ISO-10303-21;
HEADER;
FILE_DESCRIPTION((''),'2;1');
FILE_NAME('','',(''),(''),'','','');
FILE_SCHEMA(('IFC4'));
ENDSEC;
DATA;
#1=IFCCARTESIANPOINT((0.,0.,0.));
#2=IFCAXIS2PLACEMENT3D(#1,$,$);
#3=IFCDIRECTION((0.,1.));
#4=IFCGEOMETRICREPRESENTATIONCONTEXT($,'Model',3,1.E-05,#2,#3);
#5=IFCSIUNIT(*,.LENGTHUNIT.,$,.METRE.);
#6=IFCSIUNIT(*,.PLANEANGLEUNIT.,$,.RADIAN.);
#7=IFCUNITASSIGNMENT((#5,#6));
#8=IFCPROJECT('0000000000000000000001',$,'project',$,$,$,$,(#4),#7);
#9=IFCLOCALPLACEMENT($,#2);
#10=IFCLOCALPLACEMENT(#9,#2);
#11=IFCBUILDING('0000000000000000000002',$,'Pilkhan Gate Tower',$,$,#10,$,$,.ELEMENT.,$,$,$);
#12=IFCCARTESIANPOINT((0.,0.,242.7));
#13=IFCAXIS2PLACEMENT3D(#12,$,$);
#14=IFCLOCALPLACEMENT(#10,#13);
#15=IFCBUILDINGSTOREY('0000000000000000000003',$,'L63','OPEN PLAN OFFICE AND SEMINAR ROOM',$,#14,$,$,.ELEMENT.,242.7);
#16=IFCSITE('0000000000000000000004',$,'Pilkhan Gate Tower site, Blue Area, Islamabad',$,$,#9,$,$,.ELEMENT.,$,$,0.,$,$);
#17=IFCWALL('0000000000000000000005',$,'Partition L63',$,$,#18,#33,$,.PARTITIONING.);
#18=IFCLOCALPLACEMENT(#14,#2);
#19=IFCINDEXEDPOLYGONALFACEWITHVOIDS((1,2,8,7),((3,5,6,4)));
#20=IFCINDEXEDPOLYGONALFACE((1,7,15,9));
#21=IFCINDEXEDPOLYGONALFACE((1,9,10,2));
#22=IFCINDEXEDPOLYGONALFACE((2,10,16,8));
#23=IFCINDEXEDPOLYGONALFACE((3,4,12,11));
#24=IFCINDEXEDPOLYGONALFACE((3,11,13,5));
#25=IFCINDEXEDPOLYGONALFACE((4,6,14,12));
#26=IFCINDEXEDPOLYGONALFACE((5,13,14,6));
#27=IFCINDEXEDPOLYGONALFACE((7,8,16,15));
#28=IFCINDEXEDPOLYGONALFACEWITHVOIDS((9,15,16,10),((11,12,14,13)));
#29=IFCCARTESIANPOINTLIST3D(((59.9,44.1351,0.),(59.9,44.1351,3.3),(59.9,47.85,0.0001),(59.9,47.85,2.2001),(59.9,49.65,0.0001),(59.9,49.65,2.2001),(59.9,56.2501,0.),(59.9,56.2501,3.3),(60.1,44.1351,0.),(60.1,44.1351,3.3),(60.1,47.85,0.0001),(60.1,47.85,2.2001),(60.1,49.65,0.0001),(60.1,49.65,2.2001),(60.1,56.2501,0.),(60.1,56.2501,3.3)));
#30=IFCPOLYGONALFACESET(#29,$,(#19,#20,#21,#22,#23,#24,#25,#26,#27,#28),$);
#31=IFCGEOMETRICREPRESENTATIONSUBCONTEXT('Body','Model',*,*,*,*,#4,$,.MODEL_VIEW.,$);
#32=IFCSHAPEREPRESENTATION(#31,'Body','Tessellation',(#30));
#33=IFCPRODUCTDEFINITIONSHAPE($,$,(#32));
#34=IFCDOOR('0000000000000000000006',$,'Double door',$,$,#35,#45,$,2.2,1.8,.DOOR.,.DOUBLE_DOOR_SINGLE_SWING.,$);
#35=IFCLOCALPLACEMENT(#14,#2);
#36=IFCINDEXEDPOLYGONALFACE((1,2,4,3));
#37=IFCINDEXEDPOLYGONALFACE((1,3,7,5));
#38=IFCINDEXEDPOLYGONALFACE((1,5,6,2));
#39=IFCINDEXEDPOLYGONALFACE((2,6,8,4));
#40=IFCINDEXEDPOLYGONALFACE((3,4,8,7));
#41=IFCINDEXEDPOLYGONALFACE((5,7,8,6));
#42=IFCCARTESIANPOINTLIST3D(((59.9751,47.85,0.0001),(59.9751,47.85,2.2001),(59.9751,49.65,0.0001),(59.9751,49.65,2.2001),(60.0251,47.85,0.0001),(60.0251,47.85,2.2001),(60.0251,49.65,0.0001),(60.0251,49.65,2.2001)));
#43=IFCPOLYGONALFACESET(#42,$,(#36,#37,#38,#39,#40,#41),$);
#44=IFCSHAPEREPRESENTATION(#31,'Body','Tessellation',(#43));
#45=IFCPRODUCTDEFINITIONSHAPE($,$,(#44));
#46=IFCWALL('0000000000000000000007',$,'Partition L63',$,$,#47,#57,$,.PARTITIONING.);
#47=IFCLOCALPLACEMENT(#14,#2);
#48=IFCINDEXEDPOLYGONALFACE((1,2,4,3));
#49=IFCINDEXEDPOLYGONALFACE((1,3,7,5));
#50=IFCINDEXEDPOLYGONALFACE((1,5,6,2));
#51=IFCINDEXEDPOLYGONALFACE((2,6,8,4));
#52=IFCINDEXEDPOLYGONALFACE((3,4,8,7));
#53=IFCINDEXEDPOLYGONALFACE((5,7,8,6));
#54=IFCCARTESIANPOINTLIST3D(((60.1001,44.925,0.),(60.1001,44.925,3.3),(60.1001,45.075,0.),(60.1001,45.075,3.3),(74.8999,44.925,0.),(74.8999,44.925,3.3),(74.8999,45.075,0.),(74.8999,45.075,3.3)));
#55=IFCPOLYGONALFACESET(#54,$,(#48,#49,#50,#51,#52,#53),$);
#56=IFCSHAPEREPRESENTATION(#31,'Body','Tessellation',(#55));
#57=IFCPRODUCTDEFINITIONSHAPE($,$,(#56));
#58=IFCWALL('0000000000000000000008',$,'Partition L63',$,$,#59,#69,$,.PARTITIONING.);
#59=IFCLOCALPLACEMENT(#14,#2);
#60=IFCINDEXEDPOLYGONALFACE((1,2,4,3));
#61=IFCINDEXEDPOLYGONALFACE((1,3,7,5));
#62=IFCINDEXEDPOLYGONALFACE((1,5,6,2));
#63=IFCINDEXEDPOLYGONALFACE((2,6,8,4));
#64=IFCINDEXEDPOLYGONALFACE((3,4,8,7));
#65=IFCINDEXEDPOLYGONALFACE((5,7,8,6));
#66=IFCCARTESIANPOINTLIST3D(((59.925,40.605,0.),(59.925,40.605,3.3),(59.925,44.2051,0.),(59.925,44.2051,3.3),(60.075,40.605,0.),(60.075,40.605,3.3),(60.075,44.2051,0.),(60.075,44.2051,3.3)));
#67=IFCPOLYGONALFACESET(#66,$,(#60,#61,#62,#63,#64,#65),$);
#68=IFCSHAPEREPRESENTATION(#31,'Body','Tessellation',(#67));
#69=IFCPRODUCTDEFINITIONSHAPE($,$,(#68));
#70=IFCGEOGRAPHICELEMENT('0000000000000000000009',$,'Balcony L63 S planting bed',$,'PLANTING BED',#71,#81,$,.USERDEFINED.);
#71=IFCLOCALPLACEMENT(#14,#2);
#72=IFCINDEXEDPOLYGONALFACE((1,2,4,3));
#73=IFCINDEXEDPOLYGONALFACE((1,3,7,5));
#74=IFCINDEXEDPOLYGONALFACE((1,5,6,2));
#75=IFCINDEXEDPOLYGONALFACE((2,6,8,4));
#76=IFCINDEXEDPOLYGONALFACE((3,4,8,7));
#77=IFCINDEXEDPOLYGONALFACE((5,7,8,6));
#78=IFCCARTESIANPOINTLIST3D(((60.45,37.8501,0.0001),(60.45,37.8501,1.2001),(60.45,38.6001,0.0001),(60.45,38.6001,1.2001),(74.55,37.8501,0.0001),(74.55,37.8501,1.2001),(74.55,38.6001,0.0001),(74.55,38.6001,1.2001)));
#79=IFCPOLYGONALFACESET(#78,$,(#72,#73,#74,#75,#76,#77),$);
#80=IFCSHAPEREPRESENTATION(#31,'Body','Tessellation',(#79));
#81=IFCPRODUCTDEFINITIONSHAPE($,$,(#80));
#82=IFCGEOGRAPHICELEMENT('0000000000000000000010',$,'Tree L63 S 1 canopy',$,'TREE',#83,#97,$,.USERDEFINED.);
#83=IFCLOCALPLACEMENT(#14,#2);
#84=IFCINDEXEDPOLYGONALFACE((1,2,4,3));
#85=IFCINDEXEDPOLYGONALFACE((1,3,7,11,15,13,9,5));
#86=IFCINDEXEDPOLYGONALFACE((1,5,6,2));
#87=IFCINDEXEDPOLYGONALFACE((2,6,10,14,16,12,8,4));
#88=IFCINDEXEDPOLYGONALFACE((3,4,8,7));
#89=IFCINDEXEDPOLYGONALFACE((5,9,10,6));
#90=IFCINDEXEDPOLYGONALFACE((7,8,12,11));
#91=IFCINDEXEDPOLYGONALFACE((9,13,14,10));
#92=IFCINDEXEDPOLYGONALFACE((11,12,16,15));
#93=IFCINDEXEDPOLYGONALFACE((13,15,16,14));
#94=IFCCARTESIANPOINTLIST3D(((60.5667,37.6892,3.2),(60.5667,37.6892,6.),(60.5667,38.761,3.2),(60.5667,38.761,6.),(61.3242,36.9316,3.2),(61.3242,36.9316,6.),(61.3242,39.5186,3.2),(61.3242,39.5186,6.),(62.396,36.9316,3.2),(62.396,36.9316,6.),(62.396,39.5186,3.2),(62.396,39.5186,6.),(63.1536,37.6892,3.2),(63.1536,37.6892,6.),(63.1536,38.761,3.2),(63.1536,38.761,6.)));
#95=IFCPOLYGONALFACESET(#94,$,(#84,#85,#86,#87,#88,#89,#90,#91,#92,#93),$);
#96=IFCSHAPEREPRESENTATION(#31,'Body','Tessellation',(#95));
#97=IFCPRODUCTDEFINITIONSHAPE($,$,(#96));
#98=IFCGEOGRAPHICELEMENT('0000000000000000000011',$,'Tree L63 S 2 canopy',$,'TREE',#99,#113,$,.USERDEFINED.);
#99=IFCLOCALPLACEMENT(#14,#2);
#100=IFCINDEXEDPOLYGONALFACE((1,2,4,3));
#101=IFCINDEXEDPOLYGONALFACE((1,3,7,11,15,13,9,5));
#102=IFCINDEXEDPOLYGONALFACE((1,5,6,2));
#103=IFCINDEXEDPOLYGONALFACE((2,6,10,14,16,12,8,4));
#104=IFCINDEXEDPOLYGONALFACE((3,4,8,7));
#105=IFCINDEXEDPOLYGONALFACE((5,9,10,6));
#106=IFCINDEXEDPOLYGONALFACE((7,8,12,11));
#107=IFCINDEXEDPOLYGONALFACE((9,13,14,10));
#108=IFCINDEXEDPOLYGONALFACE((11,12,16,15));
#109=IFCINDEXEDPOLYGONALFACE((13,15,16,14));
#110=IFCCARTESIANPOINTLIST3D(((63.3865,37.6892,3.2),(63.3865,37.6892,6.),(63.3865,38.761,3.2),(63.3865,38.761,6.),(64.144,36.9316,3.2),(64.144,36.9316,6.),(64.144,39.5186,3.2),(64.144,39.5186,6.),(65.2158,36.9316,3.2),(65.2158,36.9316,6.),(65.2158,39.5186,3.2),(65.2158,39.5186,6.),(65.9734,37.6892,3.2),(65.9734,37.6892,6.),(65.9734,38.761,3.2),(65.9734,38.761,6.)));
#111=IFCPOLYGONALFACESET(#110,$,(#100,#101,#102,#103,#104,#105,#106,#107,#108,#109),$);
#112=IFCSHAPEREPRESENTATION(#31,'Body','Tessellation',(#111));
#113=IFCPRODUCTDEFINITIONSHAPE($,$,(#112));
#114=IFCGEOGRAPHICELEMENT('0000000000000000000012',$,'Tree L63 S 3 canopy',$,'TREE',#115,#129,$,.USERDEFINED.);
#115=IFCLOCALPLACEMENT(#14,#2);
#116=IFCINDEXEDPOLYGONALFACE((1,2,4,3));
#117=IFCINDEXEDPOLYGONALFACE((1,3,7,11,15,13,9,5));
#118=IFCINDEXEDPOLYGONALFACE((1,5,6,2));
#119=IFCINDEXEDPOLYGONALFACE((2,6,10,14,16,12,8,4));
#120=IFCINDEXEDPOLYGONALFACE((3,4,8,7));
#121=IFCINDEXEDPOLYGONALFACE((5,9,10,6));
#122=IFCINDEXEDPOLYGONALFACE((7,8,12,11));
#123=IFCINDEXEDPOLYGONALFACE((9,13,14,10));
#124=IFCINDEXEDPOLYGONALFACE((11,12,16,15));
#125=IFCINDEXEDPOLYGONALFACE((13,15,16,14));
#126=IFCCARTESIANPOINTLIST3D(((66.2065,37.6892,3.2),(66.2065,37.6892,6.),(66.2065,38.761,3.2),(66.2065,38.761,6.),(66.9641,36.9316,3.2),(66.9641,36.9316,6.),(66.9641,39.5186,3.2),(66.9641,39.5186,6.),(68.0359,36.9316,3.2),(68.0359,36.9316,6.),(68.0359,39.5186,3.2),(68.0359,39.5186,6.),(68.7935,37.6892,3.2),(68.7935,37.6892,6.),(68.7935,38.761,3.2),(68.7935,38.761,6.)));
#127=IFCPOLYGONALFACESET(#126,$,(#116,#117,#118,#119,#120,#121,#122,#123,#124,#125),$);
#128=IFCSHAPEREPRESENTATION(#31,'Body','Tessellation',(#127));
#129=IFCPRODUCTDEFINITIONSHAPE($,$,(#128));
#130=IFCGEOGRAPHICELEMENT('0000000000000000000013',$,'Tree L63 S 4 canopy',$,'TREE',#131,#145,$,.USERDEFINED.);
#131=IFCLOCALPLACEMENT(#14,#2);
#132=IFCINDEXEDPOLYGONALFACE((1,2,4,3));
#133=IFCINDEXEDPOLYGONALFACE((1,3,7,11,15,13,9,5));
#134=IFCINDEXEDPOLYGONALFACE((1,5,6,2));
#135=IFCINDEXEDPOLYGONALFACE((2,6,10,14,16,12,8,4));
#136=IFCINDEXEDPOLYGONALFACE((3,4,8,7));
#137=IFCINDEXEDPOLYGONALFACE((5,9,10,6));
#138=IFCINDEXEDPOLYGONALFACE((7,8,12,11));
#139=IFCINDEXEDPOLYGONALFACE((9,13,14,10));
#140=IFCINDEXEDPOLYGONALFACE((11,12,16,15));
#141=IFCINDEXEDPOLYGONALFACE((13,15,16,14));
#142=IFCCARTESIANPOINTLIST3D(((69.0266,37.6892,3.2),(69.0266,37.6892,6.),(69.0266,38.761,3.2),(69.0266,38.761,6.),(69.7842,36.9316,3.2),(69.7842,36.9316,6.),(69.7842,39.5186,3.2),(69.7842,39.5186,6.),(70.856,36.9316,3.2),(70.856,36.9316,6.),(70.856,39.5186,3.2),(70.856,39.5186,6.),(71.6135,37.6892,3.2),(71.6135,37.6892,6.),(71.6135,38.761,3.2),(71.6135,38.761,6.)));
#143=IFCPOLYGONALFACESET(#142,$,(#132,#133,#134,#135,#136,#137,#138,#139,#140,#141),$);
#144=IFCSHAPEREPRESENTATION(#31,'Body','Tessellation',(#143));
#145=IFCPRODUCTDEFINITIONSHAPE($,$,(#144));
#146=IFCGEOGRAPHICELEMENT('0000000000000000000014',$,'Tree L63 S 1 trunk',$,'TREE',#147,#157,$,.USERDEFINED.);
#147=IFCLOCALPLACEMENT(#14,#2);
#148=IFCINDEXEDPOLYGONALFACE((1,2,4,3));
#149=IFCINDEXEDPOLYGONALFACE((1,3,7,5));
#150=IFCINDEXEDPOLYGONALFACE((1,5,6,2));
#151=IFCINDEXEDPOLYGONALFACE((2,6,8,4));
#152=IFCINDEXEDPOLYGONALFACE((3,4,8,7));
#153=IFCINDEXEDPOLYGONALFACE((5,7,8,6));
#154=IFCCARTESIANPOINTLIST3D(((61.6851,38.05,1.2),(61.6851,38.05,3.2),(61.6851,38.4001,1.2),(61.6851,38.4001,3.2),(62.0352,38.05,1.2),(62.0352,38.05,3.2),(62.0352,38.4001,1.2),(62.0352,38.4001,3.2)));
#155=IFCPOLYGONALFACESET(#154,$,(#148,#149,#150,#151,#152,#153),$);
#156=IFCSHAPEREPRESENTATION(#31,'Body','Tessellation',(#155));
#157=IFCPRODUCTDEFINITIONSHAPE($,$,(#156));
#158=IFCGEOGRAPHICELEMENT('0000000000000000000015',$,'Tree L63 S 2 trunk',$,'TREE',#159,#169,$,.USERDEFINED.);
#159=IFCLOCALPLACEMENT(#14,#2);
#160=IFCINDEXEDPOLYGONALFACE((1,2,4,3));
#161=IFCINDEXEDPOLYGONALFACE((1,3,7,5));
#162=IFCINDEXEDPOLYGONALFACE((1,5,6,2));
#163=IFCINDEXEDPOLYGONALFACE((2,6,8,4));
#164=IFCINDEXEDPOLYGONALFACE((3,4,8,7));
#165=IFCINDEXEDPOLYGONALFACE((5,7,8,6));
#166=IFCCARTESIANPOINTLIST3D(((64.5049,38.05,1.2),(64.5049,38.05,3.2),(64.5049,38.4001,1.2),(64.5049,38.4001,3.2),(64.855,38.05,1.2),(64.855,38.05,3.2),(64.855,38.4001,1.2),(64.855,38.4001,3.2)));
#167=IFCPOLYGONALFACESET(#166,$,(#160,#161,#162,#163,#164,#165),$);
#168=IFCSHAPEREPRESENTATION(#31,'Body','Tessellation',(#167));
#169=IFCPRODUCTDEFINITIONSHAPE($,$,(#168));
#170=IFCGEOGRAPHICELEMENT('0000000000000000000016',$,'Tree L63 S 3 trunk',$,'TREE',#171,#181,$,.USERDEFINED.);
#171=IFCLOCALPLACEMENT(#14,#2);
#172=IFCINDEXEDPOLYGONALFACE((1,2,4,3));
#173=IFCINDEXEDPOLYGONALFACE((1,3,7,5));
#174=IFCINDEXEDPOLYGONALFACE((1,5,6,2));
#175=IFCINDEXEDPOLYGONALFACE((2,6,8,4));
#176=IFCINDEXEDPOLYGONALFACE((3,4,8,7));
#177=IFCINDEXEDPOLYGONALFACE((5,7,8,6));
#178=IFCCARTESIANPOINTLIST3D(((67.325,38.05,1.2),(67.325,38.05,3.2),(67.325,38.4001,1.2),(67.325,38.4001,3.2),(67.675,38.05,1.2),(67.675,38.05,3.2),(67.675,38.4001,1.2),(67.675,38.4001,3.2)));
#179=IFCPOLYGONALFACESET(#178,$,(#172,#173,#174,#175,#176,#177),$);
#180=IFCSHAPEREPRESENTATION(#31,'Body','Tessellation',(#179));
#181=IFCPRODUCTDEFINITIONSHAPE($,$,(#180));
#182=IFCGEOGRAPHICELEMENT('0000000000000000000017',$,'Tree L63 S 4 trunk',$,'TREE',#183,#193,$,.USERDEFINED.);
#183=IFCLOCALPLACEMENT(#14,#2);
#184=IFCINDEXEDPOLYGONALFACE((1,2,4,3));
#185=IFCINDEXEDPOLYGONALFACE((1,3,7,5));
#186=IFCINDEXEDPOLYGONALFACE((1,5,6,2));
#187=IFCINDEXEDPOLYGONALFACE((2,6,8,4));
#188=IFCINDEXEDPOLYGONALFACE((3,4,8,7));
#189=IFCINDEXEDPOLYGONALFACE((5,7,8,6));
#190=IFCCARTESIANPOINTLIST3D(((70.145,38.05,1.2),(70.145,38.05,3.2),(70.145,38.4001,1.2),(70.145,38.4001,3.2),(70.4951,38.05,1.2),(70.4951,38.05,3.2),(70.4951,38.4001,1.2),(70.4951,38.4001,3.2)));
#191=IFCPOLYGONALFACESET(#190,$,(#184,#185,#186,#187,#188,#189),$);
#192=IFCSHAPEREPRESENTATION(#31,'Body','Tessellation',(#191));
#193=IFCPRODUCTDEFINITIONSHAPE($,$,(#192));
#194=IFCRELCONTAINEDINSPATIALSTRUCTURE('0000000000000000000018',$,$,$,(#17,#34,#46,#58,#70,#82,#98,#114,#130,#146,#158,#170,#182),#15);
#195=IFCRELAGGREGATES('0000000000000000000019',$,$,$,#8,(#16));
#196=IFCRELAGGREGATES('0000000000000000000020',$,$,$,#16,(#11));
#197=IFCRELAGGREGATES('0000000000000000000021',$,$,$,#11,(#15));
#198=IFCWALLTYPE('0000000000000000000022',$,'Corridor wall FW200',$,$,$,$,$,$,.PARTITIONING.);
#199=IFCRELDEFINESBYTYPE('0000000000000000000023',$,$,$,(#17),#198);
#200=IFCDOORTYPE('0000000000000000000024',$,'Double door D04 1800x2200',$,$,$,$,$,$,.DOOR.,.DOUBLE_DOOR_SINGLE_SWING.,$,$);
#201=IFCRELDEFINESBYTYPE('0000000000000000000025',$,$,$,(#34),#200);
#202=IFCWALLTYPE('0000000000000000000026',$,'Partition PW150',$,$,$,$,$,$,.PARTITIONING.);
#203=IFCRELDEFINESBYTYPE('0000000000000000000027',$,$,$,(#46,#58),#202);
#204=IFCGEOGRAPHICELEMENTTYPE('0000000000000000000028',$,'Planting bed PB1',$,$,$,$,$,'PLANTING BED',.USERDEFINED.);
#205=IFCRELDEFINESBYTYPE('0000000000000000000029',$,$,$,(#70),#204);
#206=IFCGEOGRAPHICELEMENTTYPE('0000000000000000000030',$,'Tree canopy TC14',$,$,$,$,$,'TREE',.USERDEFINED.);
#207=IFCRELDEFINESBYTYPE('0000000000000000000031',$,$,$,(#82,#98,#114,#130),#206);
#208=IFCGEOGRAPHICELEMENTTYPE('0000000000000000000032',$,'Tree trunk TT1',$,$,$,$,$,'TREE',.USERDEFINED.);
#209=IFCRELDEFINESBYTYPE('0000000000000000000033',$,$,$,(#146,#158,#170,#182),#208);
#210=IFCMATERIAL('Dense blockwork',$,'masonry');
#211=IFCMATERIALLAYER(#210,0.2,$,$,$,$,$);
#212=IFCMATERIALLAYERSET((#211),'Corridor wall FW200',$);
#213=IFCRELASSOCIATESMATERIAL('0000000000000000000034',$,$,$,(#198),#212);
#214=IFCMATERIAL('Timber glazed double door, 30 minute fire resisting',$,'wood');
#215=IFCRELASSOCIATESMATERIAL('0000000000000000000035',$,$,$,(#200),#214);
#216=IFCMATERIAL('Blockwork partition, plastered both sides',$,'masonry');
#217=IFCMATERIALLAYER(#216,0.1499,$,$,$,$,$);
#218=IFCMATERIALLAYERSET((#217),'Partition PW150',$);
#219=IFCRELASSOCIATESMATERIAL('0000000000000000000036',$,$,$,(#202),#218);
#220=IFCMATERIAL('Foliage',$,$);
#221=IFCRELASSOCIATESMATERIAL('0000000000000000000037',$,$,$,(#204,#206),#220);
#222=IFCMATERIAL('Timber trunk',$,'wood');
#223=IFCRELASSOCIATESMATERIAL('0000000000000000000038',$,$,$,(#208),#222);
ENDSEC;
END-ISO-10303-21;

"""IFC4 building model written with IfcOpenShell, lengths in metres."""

from ifc_helpers import new_model, si_unit, direction, frame, frame_2d, origin, origin_2d, place, context, subcontext, project, spatial, polyline, rectangle, outline, extrude, material, layer, layer_set, material_profile, profile_set, type_object, element, fill, save


model = new_model("IFC4")

# Units and contexts
model_context = context("Model", 3, precision=1e-05, world=origin(), true_north=direction((0.0, 1.0)))
body_context = subcontext(model_context, "Body", "Model", "MODEL_VIEW")
ifc_project = project(units=[si_unit("LENGTHUNIT", "METRE"), si_unit("PLANEANGLEUNIT", "RADIAN")], contexts=[model_context])

# Site, building, storey
site_placement = place(None, origin())
site = spatial("IfcSite", under=ifc_project, at=site_placement, Name="Pilkhan Gate Tower site, Blue Area, Islamabad", CompositionType="ELEMENT", RefElevation=0.0)
building_placement = place(site_placement, origin())
building = spatial("IfcBuilding", under=site, at=building_placement, Name="Pilkhan Gate Tower", CompositionType="ELEMENT")
storey_placement = place(building_placement, frame((0.0, 0.0, 242.7)))
storey = spatial("IfcBuildingStorey", under=building, at=storey_placement, Name="L63", Description="OPEN PLAN OFFICE AND SEMINAR ROOM", CompositionType="ELEMENT", Elevation=242.7)

# Shared definitions
ifc_material_1 = material(Name="Dense blockwork", Category="masonry")
ifc_layer_1 = layer(ifc_material_1, 0.2)
ifc_layer_set_1 = layer_set([ifc_layer_1], Name="Corridor wall FW200")
wall_type_1 = type_object("IfcWallType", Name="Corridor wall FW200", PredefinedType="PARTITIONING", material=ifc_layer_set_1)

# Wall, opening, door
wall_1_placement = place(storey_placement, frame((60.0, 44.135, 0.0), z_axis=(0.0, 0.0, 1.0), x_axis=(0.0, 1.0, 0.0)))
wall_1 = element("IfcWall", 1, at=wall_1_placement, inside=storey, type_object=wall_type_1, Name="Partition L63", PredefinedType="PARTITIONING", context=body_context, shape_type="SweptSolid", body=[
    extrude(rectangle(XDim=12.115, YDim=0.2, at=frame_2d((6.0576, 0.0))), origin(), (0.0, 0.0, 1.0), 3.3),
])
opening_1_placement = place(wall_1_placement, frame((3.7151, 0.0, 0.0)))
opening_1 = element("IfcOpeningElement", 2, at=opening_1_placement, cuts=wall_1, PredefinedType="OPENING", context=body_context, shape_type="SweptSolid", body=[
    extrude(rectangle(XDim=1.8, YDim=2.2, at=frame_2d((0.8999, 1.1001))), frame((0.0, 0.1099, 0.0), z_axis=(0.0, -1.0, 0.0), x_axis=(1.0, 0.0, 0.0)), (0.0, 0.0, 1.0), 0.22),
])
ifc_material_2 = material(Name="Timber glazed double door, 30 minute fire resisting", Category="wood")
door_type_1 = type_object("IfcDoorType", Name="Double door D04 1800x2200", OperationType="DOUBLE_DOOR_SINGLE_SWING", PredefinedType="DOOR", material=ifc_material_2)
door_1_placement = place(opening_1_placement, origin())
door_1 = element("IfcDoor", 3, at=door_1_placement, inside=storey, type_object=door_type_1, Name="Double door", OperationType="DOUBLE_DOOR_SINGLE_SWING", OverallHeight=2.2, OverallWidth=1.8, PredefinedType="DOOR", context=body_context, shape_type="SweptSolid", body=[
    extrude(rectangle(XDim=1.8, YDim=2.2, at=frame_2d((0.8999, 1.1001))), frame((0.0, 0.0249, 0.0), z_axis=(0.0, -1.0, 0.0), x_axis=(1.0, 0.0, 0.0)), (0.0, 0.0, 1.0), 0.05),
])
fill(opening_1, door_1)

# Walls
ifc_material_3 = material(Name="Blockwork partition, plastered both sides", Category="masonry")
ifc_layer_2 = layer(ifc_material_3, 0.1499)
ifc_layer_set_2 = layer_set([ifc_layer_2], Name="Partition PW150")
wall_type_2 = type_object("IfcWallType", Name="Partition PW150", PredefinedType="PARTITIONING", material=ifc_layer_set_2)
wall_2_placement = place(storey_placement, frame((60.1001, 45.0, 0.0), z_axis=(0.0, 0.0, 1.0), x_axis=(1.0, 0.0, 0.0)))
element("IfcWall", 4, at=wall_2_placement, inside=storey, type_object=wall_type_2, Name="Partition L63", PredefinedType="PARTITIONING", context=body_context, shape_type="SweptSolid", body=[
    extrude(rectangle(XDim=14.7998, YDim=0.1499, at=frame_2d((7.3999, 0.0))), origin(), (0.0, 0.0, 1.0), 3.3),
])
wall_3_placement = place(storey_placement, frame((60.0, 40.605, 0.0), z_axis=(0.0, 0.0, 1.0), x_axis=(0.0, 1.0, 0.0)))
element("IfcWall", 5, at=wall_3_placement, inside=storey, type_object=wall_type_2, Name="Partition L63", PredefinedType="PARTITIONING", context=body_context, shape_type="SweptSolid", body=[
    extrude(rectangle(XDim=3.6001, YDim=0.1499, at=frame_2d((1.8, 0.0))), origin(), (0.0, 0.0, 1.0), 3.3),
])

# Geographic elements
ifc_material_4 = material(Name="Foliage")
ifc_material_profile_1 = material_profile(ifc_material_4, rectangle(XDim=0.75, YDim=1.2, at=origin_2d()), Name="Bed 750x1200")
ifc_profile_set_1 = profile_set([ifc_material_profile_1], Name="Foliage")
geographic_element_type_1 = type_object("IfcGeographicElementType", Name="Planting bed PB1", ElementType="PLANTING BED", PredefinedType="USERDEFINED", material=ifc_profile_set_1)
geographic_element_placement = place(storey_placement, frame((60.45, 38.2251, 0.6001), z_axis=(1.0, 0.0, 0.0), x_axis=(0.0, 1.0, 0.0)))
element("IfcGeographicElement", 6, at=geographic_element_placement, inside=storey, type_object=geographic_element_type_1, Name="Balcony L63 S planting bed", ObjectType="PLANTING BED", PredefinedType="USERDEFINED", context=body_context, shape_type="SweptSolid", body=[
    extrude(rectangle(XDim=0.75, YDim=1.2, at=origin_2d()), origin(), (0.0, 0.0, 1.0), 14.1001),
])
ifc_material_profile_2 = material_profile(ifc_material_4, outline(polyline([(1.2935, 0.5359), (0.5359, 1.2935), (-0.5359, 1.2935), (-1.2935, 0.5359), (-1.2935, -0.5359), (-0.5359, -1.2935), (0.5359, -1.2935), (1.2935, -0.5359), (1.2935, 0.5359)])), Name="Canopy D2.8")
ifc_profile_set_2 = profile_set([ifc_material_profile_2], Name="Foliage")
geographic_element_type_2 = type_object("IfcGeographicElementType", Name="Tree canopy TC14", ElementType="TREE", PredefinedType="USERDEFINED", material=ifc_profile_set_2)
for number, where, z_axis, x_axis, name in (
    (7, (61.8601, 38.2251, 3.2), (0.0, 0.0, 1.0), (1.0, 0.0, 0.0), "Tree L63 S 1 canopy"),
    (8, (64.6799, 38.2251, 3.2), (0.0, 0.0, 1.0), (1.0, 0.0, 0.0), "Tree L63 S 2 canopy"),
    (9, (67.5, 38.2251, 3.2), (0.0, 0.0, 1.0), (1.0, 0.0, 0.0), "Tree L63 S 3 canopy"),
    (10, (70.3201, 38.2251, 3.2), (0.0, 0.0, 1.0), (1.0, 0.0, 0.0), "Tree L63 S 4 canopy"),
):
    element("IfcGeographicElement", number, at=place(storey_placement, frame(where, z_axis=z_axis, x_axis=x_axis)), inside=storey, type_object=geographic_element_type_2, Name=name, ObjectType="TREE", PredefinedType="USERDEFINED", context=body_context, shape_type="SweptSolid", body=[
        extrude(outline(polyline([(1.2935, 0.5359), (0.5359, 1.2935), (-0.5359, 1.2935), (-1.2935, 0.5359), (-1.2935, -0.5359), (-0.5359, -1.2935), (0.5359, -1.2935), (1.2935, -0.5359), (1.2935, 0.5359)])), origin(), (0.0, 0.0, 1.0), 2.8),
    ])
ifc_material_5 = material(Name="Timber trunk", Category="wood")
geographic_element_type_3 = type_object("IfcGeographicElementType", Name="Tree trunk TT1", ElementType="TREE", PredefinedType="USERDEFINED", material=ifc_material_5)
for number, where, z_axis, x_axis, name in (
    (11, (61.8601, 38.2251, 1.2), (0.0, 0.0, 1.0), (1.0, 0.0, 0.0), "Tree L63 S 1 trunk"),
    (12, (64.6799, 38.2251, 1.2), (0.0, 0.0, 1.0), (1.0, 0.0, 0.0), "Tree L63 S 2 trunk"),
    (13, (67.5, 38.2251, 1.2), (0.0, 0.0, 1.0), (1.0, 0.0, 0.0), "Tree L63 S 3 trunk"),
    (14, (70.3201, 38.2251, 1.2), (0.0, 0.0, 1.0), (1.0, 0.0, 0.0), "Tree L63 S 4 trunk"),
):
    element("IfcGeographicElement", number, at=place(storey_placement, frame(where, z_axis=z_axis, x_axis=x_axis)), inside=storey, type_object=geographic_element_type_3, Name=name, ObjectType="TREE", PredefinedType="USERDEFINED", context=body_context, shape_type="SweptSolid", body=[
        extrude(rectangle(XDim=0.3501, YDim=0.3501, at=origin_2d()), origin(), (0.0, 0.0, 1.0), 2.0),
    ])

save(model, "model.ifc")
